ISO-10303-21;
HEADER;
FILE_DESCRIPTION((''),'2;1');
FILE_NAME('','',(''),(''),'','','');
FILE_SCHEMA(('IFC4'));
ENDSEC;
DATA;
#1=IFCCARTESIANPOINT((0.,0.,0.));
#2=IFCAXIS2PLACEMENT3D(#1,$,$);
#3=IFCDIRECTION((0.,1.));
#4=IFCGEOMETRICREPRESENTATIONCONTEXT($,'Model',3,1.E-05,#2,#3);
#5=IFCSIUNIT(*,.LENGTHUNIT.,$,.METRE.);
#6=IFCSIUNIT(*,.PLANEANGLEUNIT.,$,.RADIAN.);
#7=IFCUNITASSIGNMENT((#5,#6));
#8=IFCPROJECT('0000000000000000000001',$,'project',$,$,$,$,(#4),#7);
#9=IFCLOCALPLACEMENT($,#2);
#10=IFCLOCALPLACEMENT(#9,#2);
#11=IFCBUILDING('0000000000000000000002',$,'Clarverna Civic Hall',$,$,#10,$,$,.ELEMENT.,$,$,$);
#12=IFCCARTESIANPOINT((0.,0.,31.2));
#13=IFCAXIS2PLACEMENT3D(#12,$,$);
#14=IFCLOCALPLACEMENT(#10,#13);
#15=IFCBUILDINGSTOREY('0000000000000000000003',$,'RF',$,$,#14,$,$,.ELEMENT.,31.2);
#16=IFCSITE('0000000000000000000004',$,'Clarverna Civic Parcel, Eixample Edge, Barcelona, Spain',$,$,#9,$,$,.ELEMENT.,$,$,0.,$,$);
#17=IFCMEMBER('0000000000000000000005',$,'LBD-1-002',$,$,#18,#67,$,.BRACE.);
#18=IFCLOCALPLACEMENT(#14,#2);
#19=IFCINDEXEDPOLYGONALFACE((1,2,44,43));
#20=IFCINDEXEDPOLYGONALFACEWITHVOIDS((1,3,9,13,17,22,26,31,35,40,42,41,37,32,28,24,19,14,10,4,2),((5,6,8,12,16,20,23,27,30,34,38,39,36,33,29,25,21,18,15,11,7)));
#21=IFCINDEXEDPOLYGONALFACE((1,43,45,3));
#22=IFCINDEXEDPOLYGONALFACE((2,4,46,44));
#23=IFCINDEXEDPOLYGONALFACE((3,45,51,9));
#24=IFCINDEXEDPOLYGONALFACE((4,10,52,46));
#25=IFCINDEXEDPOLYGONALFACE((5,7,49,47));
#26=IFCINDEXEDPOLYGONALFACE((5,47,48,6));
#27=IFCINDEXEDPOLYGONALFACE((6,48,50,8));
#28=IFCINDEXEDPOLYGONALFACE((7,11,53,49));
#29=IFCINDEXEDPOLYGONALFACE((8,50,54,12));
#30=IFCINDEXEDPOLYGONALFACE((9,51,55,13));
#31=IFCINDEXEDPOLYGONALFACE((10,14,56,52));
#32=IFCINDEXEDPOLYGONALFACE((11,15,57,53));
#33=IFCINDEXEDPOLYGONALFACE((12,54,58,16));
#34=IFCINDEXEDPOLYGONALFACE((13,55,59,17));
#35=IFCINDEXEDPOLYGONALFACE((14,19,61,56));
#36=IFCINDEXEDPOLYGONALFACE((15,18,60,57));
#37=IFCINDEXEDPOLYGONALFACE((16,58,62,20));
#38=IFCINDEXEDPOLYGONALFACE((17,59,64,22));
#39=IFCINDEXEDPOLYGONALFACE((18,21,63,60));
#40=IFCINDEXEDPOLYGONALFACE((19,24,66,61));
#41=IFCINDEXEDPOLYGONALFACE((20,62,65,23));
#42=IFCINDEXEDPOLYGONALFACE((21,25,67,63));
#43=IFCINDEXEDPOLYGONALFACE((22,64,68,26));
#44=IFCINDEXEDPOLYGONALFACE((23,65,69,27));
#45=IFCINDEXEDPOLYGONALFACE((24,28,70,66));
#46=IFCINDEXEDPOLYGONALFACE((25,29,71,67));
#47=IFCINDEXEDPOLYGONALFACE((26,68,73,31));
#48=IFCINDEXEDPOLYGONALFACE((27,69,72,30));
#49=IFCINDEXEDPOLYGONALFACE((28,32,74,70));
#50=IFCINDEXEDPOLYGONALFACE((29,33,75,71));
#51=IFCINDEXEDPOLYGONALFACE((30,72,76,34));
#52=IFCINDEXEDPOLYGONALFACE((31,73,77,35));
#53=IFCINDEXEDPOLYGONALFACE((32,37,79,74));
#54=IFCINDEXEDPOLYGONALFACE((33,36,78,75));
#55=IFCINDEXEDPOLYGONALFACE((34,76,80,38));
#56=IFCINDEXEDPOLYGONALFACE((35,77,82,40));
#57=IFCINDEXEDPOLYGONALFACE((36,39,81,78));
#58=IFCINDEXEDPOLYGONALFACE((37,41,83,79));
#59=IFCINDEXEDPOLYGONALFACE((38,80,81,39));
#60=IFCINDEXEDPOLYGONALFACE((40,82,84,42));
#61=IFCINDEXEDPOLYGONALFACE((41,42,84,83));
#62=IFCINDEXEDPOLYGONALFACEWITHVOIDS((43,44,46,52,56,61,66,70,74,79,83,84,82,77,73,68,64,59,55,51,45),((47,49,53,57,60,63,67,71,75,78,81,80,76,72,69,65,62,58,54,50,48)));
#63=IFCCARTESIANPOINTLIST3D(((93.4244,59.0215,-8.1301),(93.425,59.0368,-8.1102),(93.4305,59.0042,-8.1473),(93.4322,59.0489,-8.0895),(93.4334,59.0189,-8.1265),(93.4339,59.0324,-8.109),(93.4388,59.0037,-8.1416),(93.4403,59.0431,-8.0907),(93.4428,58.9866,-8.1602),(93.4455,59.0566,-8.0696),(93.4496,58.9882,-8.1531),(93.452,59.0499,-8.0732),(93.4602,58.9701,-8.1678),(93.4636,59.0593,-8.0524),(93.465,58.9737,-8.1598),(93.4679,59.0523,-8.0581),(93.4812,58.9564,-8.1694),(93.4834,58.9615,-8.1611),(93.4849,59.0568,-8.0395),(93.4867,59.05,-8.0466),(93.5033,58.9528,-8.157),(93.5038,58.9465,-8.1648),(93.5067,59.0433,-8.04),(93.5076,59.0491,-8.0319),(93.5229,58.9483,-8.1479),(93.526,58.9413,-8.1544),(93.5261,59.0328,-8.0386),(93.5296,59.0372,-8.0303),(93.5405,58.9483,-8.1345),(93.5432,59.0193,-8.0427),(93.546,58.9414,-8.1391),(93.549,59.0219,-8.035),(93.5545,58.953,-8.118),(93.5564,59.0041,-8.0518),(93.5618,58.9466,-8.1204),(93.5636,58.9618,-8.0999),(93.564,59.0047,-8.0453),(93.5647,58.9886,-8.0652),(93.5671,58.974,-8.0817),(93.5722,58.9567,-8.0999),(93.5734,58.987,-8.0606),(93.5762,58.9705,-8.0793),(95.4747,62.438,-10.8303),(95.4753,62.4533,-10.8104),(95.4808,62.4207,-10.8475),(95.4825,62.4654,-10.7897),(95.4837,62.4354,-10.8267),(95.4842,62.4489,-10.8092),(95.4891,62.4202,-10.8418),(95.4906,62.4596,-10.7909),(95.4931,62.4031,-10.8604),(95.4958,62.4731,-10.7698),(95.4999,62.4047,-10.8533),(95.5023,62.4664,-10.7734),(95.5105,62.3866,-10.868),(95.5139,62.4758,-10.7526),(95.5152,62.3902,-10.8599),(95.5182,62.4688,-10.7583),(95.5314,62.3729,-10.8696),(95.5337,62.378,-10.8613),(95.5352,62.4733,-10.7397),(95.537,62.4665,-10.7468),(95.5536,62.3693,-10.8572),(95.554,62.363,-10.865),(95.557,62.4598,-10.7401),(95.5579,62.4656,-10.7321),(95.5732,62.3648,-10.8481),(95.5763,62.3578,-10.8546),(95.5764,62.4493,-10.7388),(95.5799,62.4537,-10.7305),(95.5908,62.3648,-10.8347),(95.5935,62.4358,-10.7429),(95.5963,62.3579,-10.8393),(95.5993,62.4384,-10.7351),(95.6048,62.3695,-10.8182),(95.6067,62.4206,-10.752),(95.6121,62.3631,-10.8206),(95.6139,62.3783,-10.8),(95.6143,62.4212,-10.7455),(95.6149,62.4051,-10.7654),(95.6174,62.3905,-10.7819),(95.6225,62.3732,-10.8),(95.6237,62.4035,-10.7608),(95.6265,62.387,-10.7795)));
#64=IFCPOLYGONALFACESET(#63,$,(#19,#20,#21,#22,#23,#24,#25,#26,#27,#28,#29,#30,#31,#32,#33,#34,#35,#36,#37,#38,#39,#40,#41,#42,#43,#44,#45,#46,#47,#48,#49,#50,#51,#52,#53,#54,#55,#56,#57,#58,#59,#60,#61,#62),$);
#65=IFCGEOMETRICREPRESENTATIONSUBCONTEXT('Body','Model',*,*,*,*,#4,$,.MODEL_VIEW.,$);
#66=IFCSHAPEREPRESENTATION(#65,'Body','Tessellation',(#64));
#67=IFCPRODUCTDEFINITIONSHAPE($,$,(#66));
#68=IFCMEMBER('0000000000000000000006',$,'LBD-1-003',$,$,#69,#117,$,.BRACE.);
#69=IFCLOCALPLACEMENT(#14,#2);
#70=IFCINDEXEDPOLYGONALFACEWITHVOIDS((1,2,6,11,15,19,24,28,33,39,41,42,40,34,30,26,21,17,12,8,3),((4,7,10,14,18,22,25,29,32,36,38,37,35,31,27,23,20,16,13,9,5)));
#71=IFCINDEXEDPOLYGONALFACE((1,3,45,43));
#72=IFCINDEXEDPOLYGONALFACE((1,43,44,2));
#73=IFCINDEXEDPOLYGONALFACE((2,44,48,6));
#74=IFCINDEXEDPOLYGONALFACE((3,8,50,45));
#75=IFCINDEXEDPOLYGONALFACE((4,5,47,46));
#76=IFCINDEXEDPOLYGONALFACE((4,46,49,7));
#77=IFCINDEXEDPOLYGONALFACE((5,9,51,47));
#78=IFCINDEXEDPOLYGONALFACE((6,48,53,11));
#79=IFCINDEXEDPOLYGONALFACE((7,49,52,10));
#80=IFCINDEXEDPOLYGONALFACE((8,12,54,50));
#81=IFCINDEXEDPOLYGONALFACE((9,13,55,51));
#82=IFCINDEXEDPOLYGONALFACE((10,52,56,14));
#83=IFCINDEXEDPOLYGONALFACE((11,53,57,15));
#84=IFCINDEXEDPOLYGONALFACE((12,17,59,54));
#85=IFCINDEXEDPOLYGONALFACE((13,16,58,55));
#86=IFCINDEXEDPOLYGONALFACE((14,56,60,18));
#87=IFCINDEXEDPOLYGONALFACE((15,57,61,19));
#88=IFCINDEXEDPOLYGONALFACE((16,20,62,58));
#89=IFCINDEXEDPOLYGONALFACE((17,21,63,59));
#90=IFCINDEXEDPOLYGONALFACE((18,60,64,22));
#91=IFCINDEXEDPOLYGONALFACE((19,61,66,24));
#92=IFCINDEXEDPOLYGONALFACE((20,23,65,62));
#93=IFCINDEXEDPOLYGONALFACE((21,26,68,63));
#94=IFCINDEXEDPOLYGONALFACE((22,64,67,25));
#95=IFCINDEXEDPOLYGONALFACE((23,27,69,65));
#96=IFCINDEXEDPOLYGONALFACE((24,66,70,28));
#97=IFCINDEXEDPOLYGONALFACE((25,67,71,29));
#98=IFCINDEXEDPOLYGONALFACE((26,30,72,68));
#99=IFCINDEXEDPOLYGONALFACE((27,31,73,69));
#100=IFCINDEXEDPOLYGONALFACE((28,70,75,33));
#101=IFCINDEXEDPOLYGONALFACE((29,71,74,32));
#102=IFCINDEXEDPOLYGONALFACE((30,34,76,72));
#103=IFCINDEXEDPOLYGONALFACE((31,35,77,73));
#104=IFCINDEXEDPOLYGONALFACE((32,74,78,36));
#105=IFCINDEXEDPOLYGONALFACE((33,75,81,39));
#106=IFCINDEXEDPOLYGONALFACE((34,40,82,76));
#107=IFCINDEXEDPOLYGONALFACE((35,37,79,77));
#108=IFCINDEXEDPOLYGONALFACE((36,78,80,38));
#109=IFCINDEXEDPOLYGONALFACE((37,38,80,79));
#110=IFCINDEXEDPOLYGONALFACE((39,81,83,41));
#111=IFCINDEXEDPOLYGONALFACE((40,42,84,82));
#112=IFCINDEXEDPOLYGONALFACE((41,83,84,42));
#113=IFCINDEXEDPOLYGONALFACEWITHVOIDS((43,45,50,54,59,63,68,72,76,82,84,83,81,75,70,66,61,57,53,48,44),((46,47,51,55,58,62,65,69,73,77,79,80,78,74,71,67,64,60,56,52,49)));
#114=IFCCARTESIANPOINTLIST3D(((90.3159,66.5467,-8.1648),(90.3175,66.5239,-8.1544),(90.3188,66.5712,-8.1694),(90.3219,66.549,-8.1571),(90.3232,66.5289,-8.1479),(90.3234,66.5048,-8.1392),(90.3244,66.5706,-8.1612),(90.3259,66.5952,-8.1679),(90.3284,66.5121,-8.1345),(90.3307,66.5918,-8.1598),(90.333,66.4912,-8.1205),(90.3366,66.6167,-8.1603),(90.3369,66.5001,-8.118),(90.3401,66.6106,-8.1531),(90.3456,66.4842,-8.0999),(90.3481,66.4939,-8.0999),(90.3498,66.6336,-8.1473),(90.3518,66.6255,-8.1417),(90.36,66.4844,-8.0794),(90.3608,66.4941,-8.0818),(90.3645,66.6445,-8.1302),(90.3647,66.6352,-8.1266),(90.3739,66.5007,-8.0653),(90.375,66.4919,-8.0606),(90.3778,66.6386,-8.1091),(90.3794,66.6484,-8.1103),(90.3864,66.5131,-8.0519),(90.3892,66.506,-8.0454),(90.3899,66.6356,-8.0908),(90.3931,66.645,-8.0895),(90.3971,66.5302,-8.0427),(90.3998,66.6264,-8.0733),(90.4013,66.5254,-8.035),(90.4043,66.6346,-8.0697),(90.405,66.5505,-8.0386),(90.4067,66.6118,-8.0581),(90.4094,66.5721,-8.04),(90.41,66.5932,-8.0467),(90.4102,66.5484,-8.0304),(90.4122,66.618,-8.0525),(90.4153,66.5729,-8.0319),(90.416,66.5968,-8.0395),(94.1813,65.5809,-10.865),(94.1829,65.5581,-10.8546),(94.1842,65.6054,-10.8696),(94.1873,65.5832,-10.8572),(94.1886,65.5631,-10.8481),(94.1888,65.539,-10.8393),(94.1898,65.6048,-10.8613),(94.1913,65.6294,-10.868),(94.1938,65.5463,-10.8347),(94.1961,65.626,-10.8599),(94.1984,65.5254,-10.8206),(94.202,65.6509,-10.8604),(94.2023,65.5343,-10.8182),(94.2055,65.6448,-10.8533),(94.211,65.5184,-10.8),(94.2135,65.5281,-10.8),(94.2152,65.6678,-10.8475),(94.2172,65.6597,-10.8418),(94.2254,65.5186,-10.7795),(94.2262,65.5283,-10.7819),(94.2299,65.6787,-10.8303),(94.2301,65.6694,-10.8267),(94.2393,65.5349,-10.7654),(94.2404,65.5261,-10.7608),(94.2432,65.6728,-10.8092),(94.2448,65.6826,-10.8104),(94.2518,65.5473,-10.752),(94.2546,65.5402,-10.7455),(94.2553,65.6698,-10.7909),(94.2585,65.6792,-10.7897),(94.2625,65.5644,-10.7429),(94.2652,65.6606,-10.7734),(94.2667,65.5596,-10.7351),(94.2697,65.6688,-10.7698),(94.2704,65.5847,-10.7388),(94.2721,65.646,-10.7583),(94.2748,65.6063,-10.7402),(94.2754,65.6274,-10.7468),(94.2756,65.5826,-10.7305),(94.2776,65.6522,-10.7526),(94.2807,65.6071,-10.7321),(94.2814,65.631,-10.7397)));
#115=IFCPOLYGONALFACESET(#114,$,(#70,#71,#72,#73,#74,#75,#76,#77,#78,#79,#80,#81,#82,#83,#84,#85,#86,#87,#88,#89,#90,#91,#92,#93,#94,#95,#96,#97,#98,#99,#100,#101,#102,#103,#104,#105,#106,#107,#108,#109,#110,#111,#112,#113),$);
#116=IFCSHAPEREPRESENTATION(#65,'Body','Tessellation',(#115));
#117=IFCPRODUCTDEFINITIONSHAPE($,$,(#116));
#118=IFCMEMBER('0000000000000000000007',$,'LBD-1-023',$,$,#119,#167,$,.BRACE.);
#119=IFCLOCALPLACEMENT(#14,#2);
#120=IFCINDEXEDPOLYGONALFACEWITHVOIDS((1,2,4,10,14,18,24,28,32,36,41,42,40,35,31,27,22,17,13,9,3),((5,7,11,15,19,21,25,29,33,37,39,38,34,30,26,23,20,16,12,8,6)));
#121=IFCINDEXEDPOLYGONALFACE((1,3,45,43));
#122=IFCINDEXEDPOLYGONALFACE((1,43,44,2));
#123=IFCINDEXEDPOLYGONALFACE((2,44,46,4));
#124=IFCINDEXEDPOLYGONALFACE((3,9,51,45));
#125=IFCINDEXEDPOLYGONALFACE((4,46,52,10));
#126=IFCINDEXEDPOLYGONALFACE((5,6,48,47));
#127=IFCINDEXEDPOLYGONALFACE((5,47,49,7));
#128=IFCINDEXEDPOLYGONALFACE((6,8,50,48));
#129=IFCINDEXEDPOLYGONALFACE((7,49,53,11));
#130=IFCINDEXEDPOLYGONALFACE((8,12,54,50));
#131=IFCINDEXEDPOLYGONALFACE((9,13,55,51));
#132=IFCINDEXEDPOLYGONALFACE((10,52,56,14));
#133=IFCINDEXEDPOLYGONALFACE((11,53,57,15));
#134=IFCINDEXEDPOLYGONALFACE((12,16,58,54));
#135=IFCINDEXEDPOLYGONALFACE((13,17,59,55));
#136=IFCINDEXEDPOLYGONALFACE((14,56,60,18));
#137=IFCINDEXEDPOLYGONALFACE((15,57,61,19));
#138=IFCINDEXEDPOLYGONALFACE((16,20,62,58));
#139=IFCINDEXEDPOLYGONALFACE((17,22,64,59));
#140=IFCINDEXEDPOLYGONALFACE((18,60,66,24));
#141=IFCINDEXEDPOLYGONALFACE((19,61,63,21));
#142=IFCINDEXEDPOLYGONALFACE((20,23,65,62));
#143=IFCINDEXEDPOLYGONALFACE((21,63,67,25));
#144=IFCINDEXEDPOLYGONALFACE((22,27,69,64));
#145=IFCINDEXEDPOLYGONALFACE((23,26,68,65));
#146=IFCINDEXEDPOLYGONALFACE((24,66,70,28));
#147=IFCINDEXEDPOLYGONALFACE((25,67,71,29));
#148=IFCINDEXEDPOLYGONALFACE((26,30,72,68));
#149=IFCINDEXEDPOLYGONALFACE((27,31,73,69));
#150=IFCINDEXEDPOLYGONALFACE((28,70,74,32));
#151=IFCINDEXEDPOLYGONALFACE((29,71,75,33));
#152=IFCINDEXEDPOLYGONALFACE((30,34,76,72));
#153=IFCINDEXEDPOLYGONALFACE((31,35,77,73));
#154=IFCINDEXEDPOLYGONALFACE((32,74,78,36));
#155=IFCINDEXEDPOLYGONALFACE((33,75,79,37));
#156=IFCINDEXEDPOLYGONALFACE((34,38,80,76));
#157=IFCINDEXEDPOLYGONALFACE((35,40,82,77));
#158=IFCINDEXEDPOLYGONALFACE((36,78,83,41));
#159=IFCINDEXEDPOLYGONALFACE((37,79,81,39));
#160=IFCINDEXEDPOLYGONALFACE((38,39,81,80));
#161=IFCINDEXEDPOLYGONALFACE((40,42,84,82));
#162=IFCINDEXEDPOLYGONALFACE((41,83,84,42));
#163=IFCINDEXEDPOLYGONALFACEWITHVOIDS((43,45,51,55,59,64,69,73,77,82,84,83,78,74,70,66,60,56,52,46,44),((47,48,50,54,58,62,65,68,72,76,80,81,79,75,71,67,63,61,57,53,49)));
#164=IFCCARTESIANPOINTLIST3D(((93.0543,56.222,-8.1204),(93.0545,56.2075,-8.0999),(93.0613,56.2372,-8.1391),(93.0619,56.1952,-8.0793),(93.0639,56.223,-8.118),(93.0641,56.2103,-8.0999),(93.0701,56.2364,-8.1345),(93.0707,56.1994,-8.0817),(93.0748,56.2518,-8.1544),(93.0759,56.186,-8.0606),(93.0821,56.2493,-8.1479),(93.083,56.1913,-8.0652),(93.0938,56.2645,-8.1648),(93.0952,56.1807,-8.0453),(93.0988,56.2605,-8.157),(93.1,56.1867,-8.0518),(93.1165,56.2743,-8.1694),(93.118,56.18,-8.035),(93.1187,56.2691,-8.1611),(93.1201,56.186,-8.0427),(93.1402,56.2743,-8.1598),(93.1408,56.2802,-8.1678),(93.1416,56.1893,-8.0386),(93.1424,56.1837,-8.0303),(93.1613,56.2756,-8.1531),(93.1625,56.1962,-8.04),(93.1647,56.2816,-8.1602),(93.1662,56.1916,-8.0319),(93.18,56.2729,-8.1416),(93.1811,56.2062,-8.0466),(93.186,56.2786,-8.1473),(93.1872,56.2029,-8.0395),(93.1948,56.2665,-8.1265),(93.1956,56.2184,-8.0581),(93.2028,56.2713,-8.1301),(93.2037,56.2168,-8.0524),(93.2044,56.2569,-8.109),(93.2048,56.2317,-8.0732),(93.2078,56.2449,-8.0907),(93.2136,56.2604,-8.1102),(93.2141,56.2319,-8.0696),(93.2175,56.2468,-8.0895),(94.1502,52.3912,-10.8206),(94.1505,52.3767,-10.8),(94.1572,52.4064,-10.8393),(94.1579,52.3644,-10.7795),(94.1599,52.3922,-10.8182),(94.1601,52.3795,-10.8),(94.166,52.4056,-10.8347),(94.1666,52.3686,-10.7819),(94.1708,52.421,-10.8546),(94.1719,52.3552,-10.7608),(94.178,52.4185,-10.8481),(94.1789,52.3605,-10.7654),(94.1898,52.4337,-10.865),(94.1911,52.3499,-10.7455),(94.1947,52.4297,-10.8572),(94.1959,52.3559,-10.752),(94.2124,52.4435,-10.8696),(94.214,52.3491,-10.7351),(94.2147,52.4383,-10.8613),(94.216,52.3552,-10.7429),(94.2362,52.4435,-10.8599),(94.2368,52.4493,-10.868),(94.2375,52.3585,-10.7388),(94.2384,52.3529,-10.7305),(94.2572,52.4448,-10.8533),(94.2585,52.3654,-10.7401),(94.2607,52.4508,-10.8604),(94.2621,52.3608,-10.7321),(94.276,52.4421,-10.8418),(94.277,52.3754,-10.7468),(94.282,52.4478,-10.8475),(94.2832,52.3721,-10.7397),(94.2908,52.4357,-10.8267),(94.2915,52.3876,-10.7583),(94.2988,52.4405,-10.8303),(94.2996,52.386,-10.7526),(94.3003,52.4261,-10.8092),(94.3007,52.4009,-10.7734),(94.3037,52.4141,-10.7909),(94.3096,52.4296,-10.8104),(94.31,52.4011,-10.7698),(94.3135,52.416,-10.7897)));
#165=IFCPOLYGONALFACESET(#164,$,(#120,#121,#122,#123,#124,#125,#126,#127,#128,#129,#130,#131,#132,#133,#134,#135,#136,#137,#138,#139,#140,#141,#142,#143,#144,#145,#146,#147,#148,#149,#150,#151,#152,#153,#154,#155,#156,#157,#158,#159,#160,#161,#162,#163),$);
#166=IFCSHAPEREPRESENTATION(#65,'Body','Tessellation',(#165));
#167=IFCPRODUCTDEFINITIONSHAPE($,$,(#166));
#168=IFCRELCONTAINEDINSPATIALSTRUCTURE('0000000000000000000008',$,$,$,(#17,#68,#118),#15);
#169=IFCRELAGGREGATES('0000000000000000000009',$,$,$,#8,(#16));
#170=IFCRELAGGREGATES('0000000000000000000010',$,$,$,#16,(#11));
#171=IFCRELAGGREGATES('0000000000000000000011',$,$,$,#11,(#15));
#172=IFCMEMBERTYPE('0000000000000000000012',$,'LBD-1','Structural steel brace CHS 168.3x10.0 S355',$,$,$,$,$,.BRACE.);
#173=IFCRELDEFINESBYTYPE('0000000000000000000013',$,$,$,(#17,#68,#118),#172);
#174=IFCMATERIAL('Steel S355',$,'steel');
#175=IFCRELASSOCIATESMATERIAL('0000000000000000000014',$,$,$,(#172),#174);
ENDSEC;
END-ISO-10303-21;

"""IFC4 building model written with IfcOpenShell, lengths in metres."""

from ifc_helpers import new_model, si_unit, direction, frame, origin, origin_2d, place, context, subcontext, project, spatial, hollow_circle, extrude, material, material_profile, profile_set, type_object, element, save


model = new_model("IFC4")

# Units and contexts
model_context = context("Model", 3, precision=1e-05, world=origin(), true_north=direction((0.0, 1.0)))
body_context = subcontext(model_context, "Body", "Model", "MODEL_VIEW")
ifc_project = project(units=[si_unit("LENGTHUNIT", "METRE"), si_unit("PLANEANGLEUNIT", "RADIAN")], contexts=[model_context])

# Site, building, storey
site_placement = place(None, origin())
site = spatial("IfcSite", under=ifc_project, at=site_placement, Name="Clarverna Civic Parcel, Eixample Edge, Barcelona, Spain", CompositionType="ELEMENT", RefElevation=0.0)
building_placement = place(site_placement, origin())
building = spatial("IfcBuilding", under=site, at=building_placement, Name="Clarverna Civic Hall", CompositionType="ELEMENT")
storey_placement = place(building_placement, frame((0.0, 0.0, 31.2)))
storey = spatial("IfcBuildingStorey", under=building, at=storey_placement, Name="RF", CompositionType="ELEMENT", Elevation=31.2)

# Members
ifc_material_1 = material(Name="Steel S355", Category="steel")
ifc_material_profile_1 = material_profile(ifc_material_1, hollow_circle(Radius=0.0842, WallThickness=0.01, at=origin_2d()), Name="CHS 168.3x10.0")
ifc_profile_set_1 = profile_set([ifc_material_profile_1], Name="Steel S355")
member_type_1 = type_object("IfcMemberType", Name="LBD-1", Description="Structural steel brace CHS 168.3x10.0 S355", PredefinedType="BRACE", material=ifc_profile_set_1)
member_1_placement = place(storey_placement, frame((95.5503, 62.4165, -10.8), z_axis=(-0.42597, -0.709814, 0.560994), x_axis=(0.85745, -0.514568, 0.0)))
element("IfcMember", 1, at=member_1_placement, inside=storey, type_object=member_type_1, Name="LBD-1-002", PredefinedType="BRACE", context=body_context, shape_type="SweptSolid", body=[
    extrude(hollow_circle(Radius=0.0842, WallThickness=0.01, at=origin_2d()), origin(), (0.0, 0.0, 1.0), 4.8132),
])
member_2_placement = place(storey_placement, frame((94.2314, 65.6001, -10.8), z_axis=(-0.803119, 0.200666, 0.561011), x_axis=(-0.242406, -0.970175, 0.0)))
element("IfcMember", 2, at=member_2_placement, inside=storey, type_object=member_type_1, Name="LBD-1-003", PredefinedType="BRACE", context=body_context, shape_type="SweptSolid", body=[
    extrude(hollow_circle(Radius=0.0842, WallThickness=0.01, at=origin_2d()), origin(), (0.0, 0.0, 1.0), 4.813),
])
for number, where, z_axis, x_axis, name in (
    (3, (94.2314, 52.3999, -10.8), (-0.227694, 0.79589, 0.560993), (-0.961429, -0.275053, 0.0), "LBD-1-023"),
):
    element("IfcMember", number, at=place(storey_placement, frame(where, z_axis=z_axis, x_axis=x_axis)), inside=storey, type_object=member_type_1, Name=name, PredefinedType="BRACE", context=body_context, shape_type="SweptSolid", body=[
        extrude(hollow_circle(Radius=0.0842, WallThickness=0.01, at=origin_2d()), origin(), (0.0, 0.0, 1.0), 4.8132),
    ])

save(model, "model.ifc")
